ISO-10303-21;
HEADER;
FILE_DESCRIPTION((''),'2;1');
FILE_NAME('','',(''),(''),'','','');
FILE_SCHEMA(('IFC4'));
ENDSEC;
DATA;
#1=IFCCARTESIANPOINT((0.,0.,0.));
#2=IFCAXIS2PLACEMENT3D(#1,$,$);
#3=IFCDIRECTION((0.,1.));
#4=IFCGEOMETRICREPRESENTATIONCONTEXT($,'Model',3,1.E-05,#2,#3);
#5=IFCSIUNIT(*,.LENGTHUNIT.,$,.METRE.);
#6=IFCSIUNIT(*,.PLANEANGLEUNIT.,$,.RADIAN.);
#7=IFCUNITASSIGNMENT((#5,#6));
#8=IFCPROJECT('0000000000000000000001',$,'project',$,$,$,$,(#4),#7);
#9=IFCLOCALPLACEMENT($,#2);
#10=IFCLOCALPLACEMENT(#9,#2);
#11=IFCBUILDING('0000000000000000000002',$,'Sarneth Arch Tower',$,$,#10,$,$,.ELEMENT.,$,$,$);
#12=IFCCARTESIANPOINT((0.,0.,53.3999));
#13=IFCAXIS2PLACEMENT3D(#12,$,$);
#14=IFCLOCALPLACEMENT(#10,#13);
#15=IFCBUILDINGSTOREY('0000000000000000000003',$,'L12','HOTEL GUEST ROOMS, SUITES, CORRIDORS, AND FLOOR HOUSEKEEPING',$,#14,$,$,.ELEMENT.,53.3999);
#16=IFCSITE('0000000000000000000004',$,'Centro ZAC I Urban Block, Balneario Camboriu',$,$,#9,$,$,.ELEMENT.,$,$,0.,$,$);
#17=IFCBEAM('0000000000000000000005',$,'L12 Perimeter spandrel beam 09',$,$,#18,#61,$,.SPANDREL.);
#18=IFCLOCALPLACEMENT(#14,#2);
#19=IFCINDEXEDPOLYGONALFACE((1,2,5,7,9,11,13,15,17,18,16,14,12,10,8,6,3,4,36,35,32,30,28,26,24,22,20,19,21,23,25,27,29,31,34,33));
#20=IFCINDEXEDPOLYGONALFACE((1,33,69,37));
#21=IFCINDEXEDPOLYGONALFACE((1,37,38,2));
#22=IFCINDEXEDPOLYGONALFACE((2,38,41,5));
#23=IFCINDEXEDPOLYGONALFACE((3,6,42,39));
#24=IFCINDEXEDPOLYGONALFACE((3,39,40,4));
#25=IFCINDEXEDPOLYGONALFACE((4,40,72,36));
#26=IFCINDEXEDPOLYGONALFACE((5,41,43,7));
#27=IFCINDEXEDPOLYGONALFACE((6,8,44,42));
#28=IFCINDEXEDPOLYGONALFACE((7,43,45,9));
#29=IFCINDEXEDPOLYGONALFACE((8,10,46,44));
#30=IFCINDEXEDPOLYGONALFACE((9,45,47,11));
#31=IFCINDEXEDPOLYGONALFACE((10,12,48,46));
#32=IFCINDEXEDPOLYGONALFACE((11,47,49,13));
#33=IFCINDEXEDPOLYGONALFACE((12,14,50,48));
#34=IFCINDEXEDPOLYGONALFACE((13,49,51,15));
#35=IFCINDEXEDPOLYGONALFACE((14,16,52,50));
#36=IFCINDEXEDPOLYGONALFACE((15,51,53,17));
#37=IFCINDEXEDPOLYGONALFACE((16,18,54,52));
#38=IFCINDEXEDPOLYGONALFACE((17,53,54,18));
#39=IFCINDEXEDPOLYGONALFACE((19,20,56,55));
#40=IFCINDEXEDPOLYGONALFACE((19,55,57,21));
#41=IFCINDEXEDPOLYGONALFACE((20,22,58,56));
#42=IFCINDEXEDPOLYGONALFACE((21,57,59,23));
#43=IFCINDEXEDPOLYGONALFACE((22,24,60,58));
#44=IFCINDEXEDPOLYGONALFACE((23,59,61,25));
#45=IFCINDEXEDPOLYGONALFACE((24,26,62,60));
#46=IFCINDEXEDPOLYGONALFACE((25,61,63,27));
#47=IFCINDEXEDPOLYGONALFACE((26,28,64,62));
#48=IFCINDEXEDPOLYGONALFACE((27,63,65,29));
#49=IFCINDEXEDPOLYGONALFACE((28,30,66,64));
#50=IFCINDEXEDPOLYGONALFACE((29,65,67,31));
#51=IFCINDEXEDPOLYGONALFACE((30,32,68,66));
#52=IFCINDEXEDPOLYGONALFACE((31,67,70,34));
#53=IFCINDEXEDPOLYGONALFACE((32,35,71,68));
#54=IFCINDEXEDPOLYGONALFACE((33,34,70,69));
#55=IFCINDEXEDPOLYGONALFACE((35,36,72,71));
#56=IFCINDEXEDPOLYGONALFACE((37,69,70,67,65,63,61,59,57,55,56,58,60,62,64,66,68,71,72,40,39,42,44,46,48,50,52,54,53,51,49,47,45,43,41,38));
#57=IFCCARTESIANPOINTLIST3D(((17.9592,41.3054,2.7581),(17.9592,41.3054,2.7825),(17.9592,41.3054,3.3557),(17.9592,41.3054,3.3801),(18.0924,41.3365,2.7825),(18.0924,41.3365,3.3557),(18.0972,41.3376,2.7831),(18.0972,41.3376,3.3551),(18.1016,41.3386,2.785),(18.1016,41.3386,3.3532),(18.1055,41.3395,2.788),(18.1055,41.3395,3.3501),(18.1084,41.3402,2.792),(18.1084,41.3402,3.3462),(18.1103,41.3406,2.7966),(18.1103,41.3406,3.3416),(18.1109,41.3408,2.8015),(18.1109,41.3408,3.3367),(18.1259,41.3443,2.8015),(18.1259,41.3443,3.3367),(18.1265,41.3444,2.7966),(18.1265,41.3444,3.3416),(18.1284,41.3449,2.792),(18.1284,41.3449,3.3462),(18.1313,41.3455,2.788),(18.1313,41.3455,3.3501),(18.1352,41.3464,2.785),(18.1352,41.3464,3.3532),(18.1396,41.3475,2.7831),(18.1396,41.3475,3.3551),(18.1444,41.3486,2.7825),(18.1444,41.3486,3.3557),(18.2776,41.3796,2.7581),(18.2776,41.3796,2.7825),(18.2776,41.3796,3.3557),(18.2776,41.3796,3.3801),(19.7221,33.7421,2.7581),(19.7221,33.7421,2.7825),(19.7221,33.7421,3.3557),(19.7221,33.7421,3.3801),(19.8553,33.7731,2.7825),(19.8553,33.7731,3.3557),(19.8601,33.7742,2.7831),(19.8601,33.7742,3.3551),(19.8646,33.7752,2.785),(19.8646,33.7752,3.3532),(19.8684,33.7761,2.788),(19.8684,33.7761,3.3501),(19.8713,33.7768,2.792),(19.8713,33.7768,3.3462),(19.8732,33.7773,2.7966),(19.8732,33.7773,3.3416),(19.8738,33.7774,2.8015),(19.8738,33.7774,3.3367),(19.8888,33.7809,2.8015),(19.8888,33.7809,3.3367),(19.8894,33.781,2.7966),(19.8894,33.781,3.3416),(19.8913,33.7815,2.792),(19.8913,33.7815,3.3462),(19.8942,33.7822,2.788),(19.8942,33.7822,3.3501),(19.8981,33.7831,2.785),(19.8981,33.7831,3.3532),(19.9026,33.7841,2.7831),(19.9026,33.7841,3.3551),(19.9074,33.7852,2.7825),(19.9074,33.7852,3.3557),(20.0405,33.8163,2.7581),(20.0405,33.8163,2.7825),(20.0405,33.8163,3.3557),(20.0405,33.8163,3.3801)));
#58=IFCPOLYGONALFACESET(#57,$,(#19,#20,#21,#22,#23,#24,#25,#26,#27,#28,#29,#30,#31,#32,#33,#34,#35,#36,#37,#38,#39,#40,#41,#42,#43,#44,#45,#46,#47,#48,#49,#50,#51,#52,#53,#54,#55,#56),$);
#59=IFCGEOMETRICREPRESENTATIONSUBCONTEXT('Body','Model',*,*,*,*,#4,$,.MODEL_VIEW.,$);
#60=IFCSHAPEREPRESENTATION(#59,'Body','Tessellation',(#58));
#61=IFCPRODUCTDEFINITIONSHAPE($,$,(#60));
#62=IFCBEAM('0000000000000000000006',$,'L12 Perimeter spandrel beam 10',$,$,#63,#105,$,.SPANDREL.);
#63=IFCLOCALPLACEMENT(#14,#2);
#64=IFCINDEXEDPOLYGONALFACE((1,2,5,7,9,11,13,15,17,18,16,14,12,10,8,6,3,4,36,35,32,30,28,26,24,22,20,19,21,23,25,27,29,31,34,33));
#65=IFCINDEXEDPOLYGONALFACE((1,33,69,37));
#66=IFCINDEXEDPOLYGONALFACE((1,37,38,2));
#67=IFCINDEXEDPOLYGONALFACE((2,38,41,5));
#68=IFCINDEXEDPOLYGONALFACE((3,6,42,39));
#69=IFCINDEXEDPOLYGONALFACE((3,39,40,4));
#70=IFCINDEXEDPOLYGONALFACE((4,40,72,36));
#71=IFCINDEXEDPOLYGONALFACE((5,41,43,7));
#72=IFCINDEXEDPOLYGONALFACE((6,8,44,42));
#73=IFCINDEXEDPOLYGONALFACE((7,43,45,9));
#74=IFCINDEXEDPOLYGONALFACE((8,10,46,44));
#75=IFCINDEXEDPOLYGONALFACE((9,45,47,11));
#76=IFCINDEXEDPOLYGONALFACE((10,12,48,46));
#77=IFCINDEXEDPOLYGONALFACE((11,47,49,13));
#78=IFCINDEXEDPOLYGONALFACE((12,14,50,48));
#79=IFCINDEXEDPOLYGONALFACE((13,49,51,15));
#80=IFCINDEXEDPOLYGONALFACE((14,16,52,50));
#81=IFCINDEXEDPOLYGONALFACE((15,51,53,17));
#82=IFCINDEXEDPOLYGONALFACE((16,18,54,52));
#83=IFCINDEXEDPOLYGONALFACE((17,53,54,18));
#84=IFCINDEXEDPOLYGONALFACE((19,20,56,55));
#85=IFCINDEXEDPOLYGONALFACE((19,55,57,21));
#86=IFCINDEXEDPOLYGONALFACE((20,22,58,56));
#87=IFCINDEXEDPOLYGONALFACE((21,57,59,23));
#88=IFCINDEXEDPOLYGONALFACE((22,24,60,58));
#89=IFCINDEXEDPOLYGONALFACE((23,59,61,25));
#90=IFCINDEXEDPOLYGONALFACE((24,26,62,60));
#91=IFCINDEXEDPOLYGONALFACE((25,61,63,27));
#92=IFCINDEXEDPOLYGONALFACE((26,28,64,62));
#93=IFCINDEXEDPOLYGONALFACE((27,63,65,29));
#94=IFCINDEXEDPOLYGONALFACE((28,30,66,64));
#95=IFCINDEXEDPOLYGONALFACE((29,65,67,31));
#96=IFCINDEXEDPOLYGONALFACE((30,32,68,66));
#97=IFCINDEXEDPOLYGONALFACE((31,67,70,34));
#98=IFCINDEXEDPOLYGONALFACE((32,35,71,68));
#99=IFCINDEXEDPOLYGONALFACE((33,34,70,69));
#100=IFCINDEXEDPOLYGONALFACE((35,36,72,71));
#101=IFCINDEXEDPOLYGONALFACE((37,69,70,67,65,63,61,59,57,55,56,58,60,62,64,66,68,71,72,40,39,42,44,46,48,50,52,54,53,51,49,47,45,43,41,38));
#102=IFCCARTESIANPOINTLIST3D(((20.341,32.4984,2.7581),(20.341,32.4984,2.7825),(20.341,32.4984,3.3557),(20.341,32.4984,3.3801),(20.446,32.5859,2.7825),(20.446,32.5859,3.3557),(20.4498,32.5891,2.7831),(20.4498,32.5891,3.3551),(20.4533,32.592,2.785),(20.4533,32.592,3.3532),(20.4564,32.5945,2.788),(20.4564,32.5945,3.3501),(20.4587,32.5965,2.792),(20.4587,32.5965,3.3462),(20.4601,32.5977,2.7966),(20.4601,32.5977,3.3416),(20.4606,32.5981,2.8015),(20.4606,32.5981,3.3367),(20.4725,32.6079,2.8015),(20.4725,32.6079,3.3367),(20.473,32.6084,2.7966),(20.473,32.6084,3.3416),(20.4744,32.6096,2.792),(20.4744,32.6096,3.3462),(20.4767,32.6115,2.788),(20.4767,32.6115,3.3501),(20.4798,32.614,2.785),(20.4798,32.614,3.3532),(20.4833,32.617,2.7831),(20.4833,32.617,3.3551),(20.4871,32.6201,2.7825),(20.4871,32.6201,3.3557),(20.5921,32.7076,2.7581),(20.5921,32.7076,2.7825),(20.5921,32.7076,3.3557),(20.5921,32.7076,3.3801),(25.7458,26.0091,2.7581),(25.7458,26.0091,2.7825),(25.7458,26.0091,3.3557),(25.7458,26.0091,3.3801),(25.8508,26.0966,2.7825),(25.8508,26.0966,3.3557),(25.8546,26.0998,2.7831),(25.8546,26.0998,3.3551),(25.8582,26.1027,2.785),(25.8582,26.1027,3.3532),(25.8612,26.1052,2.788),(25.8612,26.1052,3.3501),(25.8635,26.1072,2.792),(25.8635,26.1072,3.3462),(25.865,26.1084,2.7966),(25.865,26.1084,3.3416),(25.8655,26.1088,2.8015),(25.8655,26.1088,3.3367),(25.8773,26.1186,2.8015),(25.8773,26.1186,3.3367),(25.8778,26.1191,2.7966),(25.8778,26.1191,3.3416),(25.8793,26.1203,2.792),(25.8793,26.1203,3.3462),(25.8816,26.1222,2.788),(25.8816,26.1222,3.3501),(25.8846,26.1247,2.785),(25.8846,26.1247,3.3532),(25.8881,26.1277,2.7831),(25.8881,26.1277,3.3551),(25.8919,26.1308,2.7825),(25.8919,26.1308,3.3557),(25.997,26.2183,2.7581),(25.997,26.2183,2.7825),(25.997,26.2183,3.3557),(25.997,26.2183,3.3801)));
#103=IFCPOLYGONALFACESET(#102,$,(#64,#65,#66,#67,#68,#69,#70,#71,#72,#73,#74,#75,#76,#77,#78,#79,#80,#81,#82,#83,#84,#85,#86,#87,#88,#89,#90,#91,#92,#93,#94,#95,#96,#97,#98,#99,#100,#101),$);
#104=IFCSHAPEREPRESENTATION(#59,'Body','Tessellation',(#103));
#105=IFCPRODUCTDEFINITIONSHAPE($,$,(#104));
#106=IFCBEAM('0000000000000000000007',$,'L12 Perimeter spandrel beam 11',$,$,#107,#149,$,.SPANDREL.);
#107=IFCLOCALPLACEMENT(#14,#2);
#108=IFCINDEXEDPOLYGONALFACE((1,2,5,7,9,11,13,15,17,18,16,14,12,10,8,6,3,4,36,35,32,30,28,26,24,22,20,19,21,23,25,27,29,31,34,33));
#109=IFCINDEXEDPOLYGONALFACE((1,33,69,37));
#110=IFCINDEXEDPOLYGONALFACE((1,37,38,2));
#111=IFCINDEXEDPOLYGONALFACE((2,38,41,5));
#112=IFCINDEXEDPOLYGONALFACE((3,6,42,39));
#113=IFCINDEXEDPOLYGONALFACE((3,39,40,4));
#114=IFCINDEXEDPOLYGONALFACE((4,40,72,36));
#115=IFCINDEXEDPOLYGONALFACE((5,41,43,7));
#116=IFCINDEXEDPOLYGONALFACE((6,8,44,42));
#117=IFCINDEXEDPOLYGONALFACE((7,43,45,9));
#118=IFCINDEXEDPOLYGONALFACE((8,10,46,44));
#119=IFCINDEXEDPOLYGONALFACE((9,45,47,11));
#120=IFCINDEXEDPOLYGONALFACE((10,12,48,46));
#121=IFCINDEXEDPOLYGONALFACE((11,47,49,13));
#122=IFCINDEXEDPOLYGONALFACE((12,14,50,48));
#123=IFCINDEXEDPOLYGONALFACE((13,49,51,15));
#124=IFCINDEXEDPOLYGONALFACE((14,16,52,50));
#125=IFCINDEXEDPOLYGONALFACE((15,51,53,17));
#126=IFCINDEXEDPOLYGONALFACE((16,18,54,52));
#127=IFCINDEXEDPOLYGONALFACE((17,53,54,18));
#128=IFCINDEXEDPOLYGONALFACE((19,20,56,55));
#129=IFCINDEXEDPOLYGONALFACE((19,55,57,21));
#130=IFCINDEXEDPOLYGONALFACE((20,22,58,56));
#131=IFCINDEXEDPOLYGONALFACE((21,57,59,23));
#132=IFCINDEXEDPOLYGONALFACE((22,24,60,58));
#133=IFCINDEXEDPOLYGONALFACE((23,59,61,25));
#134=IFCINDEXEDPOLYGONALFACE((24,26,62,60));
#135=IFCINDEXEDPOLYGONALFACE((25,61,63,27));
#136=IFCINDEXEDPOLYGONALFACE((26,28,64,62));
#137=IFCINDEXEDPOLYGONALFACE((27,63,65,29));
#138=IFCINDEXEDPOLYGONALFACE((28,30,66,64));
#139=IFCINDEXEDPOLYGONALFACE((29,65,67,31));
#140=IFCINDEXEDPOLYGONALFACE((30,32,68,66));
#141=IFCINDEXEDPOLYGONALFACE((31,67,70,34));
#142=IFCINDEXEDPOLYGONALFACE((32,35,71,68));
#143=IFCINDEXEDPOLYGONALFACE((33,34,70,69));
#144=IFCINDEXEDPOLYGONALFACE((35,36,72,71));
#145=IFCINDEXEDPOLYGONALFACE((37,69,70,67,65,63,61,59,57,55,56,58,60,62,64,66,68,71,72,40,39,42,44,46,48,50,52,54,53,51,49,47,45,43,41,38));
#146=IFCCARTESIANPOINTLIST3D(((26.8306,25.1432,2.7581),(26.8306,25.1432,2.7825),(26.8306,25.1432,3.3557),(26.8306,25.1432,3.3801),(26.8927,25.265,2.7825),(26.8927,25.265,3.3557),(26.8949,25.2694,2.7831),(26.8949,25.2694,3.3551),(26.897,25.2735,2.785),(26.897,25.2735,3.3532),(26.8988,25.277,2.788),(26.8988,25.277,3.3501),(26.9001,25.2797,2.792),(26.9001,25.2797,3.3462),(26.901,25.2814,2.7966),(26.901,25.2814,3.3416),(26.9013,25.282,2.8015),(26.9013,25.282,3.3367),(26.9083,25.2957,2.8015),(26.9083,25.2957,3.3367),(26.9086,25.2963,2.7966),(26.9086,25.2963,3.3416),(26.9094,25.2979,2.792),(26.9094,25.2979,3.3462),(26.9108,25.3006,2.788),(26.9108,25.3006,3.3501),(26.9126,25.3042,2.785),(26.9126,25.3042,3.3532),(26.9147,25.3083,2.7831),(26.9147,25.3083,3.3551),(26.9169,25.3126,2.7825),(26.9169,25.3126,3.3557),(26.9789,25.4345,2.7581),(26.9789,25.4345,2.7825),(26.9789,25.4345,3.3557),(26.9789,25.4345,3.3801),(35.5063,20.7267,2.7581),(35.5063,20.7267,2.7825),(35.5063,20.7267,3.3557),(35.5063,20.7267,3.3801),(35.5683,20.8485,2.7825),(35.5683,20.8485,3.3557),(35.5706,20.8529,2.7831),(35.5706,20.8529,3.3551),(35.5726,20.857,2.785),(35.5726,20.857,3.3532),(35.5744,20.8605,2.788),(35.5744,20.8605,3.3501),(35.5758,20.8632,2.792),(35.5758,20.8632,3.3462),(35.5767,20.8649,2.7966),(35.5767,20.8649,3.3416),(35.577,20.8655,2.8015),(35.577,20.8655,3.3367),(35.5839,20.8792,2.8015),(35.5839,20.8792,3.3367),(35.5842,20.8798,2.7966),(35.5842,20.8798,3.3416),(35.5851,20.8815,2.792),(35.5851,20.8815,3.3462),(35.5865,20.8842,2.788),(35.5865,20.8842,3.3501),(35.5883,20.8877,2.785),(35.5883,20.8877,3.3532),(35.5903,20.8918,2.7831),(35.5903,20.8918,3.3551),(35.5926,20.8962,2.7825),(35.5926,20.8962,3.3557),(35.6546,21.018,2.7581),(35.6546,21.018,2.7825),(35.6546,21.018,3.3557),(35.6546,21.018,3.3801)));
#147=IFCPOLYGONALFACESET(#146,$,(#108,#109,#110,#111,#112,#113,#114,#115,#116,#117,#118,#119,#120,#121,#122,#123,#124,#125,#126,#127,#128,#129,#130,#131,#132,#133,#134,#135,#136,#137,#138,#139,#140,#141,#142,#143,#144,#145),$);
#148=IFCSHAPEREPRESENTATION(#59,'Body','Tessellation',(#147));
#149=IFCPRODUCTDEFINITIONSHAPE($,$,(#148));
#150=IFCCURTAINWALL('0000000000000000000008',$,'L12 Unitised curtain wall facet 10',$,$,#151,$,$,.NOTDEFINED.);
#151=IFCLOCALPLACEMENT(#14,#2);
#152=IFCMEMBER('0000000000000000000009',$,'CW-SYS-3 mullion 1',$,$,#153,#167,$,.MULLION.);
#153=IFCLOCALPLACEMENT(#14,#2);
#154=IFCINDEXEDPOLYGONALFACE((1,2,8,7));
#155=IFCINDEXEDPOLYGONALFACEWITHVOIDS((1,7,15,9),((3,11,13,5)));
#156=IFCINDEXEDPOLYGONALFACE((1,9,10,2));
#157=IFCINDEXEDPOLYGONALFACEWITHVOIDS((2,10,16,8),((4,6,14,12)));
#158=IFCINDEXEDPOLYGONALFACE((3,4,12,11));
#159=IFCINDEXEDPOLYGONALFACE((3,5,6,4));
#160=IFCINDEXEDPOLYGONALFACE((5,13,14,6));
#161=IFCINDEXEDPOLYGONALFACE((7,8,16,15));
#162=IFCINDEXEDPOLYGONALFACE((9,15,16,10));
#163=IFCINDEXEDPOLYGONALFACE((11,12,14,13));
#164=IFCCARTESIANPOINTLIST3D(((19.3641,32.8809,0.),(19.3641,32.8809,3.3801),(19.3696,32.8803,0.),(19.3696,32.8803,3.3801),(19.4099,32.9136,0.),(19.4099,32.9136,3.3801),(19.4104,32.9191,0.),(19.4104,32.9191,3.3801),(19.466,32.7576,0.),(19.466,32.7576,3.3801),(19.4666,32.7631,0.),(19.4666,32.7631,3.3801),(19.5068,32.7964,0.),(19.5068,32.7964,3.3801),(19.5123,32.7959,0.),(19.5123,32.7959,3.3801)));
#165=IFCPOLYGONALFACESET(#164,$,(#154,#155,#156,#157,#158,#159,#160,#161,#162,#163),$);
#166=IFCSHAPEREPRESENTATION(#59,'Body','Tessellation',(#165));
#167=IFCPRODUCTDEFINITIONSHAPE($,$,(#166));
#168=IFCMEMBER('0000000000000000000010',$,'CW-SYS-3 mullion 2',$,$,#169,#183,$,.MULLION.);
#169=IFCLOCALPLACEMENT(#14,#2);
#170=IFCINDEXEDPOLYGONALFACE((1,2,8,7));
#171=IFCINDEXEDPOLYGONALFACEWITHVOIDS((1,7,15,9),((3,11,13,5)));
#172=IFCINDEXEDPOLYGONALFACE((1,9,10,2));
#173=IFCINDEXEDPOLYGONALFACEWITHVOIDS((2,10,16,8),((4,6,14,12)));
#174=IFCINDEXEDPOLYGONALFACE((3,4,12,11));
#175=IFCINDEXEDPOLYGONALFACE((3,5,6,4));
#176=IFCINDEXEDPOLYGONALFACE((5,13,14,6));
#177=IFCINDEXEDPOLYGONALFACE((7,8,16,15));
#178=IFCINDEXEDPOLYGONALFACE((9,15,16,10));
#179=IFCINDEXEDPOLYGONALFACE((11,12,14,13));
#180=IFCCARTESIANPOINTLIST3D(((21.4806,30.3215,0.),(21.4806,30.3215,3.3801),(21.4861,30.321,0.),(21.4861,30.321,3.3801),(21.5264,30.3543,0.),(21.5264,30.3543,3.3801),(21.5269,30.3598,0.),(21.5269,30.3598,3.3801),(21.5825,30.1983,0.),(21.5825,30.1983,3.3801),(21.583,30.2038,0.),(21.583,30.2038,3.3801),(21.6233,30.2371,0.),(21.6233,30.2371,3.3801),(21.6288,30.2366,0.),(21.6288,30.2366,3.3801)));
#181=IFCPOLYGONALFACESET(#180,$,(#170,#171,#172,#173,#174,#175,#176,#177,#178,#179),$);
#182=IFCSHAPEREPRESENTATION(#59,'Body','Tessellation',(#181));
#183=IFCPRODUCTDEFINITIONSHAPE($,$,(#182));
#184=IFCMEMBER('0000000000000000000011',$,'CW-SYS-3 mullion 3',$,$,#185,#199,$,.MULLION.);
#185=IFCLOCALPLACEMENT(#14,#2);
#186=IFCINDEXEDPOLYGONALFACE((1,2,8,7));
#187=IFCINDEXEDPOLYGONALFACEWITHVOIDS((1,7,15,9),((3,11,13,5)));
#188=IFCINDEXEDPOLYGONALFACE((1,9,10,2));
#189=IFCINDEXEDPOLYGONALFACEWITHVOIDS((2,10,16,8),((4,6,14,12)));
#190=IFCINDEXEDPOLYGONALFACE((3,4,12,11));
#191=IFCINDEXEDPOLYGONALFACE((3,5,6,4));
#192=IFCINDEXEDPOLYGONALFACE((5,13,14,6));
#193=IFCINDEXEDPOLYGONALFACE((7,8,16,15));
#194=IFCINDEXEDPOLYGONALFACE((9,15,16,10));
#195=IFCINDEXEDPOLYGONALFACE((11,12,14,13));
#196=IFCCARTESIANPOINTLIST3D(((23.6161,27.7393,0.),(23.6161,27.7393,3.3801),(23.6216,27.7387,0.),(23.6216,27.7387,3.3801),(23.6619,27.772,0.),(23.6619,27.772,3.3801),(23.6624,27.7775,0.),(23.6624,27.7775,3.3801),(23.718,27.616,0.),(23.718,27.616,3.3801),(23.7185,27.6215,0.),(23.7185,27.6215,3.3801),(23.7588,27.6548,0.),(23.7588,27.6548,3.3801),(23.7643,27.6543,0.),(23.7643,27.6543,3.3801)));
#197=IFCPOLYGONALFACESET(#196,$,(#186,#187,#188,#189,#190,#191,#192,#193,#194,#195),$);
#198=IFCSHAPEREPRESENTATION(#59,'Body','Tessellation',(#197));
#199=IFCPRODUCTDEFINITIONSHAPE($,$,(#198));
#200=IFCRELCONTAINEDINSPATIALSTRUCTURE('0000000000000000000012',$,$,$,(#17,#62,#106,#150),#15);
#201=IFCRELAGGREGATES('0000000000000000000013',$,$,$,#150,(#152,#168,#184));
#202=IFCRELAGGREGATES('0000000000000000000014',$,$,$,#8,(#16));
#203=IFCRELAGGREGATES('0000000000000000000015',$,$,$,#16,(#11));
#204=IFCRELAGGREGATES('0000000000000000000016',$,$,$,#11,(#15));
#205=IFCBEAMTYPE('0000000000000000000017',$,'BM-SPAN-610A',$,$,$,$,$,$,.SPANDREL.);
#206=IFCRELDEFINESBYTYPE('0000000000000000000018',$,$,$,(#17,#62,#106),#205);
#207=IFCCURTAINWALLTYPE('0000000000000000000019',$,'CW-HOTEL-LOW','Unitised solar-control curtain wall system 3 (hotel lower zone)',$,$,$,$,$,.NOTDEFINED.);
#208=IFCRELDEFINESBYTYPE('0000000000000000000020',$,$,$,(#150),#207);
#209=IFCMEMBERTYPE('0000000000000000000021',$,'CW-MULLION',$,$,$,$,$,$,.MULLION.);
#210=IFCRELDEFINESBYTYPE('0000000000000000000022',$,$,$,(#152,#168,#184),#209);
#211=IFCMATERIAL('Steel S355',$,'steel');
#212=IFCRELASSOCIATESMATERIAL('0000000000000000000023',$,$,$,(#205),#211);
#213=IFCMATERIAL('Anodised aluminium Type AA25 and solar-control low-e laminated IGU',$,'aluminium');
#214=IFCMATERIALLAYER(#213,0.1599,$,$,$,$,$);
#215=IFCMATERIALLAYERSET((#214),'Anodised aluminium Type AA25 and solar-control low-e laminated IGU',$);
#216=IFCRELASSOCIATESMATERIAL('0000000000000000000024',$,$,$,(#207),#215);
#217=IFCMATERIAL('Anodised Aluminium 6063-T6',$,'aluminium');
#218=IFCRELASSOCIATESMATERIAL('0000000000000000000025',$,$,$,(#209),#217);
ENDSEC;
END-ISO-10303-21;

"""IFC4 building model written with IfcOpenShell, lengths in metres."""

from ifc_helpers import new_model, si_unit, direction, frame, origin, origin_2d, place, context, subcontext, project, spatial, hollow_rectangle, i_section, extrude, material, layer, layer_set, material_profile, profile_set, type_object, element, aggregate, save


model = new_model("IFC4")

# Units and contexts
model_context = context("Model", 3, precision=1e-05, world=origin(), true_north=direction((0.0, 1.0)))
body_context = subcontext(model_context, "Body", "Model", "MODEL_VIEW")
ifc_project = project(units=[si_unit("LENGTHUNIT", "METRE"), si_unit("PLANEANGLEUNIT", "RADIAN")], contexts=[model_context])

# Site, building, storey
site_placement = place(None, origin())
site = spatial("IfcSite", under=ifc_project, at=site_placement, Name="Centro ZAC I Urban Block, Balneario Camboriu", CompositionType="ELEMENT", RefElevation=0.0)
building_placement = place(site_placement, origin())
building = spatial("IfcBuilding", under=site, at=building_placement, Name="Sarneth Arch Tower", CompositionType="ELEMENT")
storey_placement = place(building_placement, frame((0.0, 0.0, 53.3999)))
storey = spatial("IfcBuildingStorey", under=building, at=storey_placement, Name="L12", Description="HOTEL GUEST ROOMS, SUITES, CORRIDORS, AND FLOOR HOUSEKEEPING", CompositionType="ELEMENT", Elevation=53.3999)

# Beams
ifc_material_1 = material(Name="Steel S355", Category="steel")
ifc_material_profile_1 = material_profile(ifc_material_1, i_section(OverallWidth=0.3269, OverallDepth=0.6221, WebThickness=0.0154, FlangeThickness=0.0244, FilletRadius=0.019, at=origin_2d()), Name="W610x195")
ifc_profile_set_1 = profile_set([ifc_material_profile_1], Name="Steel S355")
beam_type = type_object("IfcBeamType", Name="BM-SPAN-610A", PredefinedType="SPANDREL", material=ifc_profile_set_1)
beam_1_placement = place(storey_placement, frame((18.1184, 41.3425, 3.0691), z_axis=(0.227001, -0.973895, 0.0), x_axis=(0.973895, 0.227001, 0.0)))
element("IfcBeam", 1, at=beam_1_placement, inside=storey, type_object=beam_type, Name="L12 Perimeter spandrel beam 09", PredefinedType="SPANDREL", context=body_context, shape_type="SweptSolid", body=[
    extrude(i_section(OverallWidth=0.3269, OverallDepth=0.6221, WebThickness=0.0154, FlangeThickness=0.0244, FilletRadius=0.019, at=origin_2d()), origin(), (0.0, 0.0, 1.0), 7.7661),
])
beam_2_placement = place(storey_placement, frame((20.4666, 32.603, 3.0691), z_axis=(0.63998, -0.768392, 0.0), x_axis=(0.768392, 0.63998, 0.0)))
element("IfcBeam", 2, at=beam_2_placement, inside=storey, type_object=beam_type, Name="L12 Perimeter spandrel beam 10", PredefinedType="SPANDREL", context=body_context, shape_type="SweptSolid", body=[
    extrude(i_section(OverallWidth=0.3269, OverallDepth=0.6221, WebThickness=0.0154, FlangeThickness=0.0244, FilletRadius=0.019, at=origin_2d()), origin(), (0.0, 0.0, 1.0), 8.4453),
])
beam_3_placement = place(storey_placement, frame((26.9048, 25.2888, 3.0691), z_axis=(0.891174, -0.453662, 0.0), x_axis=(0.453662, 0.891174, 0.0)))
element("IfcBeam", 3, at=beam_3_placement, inside=storey, type_object=beam_type, Name="L12 Perimeter spandrel beam 11", PredefinedType="SPANDREL", context=body_context, shape_type="SweptSolid", body=[
    extrude(i_section(OverallWidth=0.3269, OverallDepth=0.6221, WebThickness=0.0154, FlangeThickness=0.0244, FilletRadius=0.019, at=origin_2d()), origin(), (0.0, 0.0, 1.0), 9.7351),
])

# Curtain wall, members
ifc_material_2 = material(Name="Anodised aluminium Type AA25 and solar-control low-e laminated IGU", Category="aluminium")
ifc_layer_1 = layer(ifc_material_2, 0.1599)
ifc_layer_set_1 = layer_set([ifc_layer_1], Name="Anodised aluminium Type AA25 and solar-control low-e laminated IGU")
curtain_wall_type = type_object("IfcCurtainWallType", Name="CW-HOTEL-LOW", Description="Unitised solar-control curtain wall system 3 (hotel lower zone)", PredefinedType="NOTDEFINED", material=ifc_layer_set_1)
curtain_wall_placement = place(storey_placement, origin())
curtain_wall = element("IfcCurtainWall", 4, at=curtain_wall_placement, inside=storey, type_object=curtain_wall_type, Name="L12 Unitised curtain wall facet 10", PredefinedType="NOTDEFINED")
ifc_material_3 = material(Name="Anodised Aluminium 6063-T6", Category="aluminium")
ifc_material_profile_2 = material_profile(ifc_material_3, hollow_rectangle(XDim=0.0601, YDim=0.1599, WallThickness=0.0039, at=origin_2d()), Name="AL-MULL-160x60x4")
ifc_profile_set_2 = profile_set([ifc_material_profile_2], Name="Anodised Aluminium 6063-T6")
member_type_1 = type_object("IfcMemberType", Name="CW-MULLION", PredefinedType="MULLION", material=ifc_profile_set_2)
member_1_placement = place(storey_placement, frame((19.4382, 32.8384, 0.0), z_axis=(0.0, 0.0, 1.0), x_axis=(0.770623, 0.637291, 0.0)))
member_1 = element("IfcMember", 5, at=member_1_placement, type_object=member_type_1, Name="CW-SYS-3 mullion 1", PredefinedType="MULLION", context=body_context, shape_type="SweptSolid", body=[
    extrude(hollow_rectangle(XDim=0.0601, YDim=0.1599, WallThickness=0.0039, at=origin_2d()), origin(), (0.0, 0.0, 1.0), 3.3801),
])
member_2_placement = place(storey_placement, frame((21.5547, 30.2791, 0.0), z_axis=(0.0, 0.0, 1.0), x_axis=(0.770623, 0.637291, 0.0)))
member_2 = element("IfcMember", 6, at=member_2_placement, type_object=member_type_1, Name="CW-SYS-3 mullion 2", PredefinedType="MULLION", context=body_context, shape_type="SweptSolid", body=[
    extrude(hollow_rectangle(XDim=0.0601, YDim=0.1599, WallThickness=0.0039, at=origin_2d()), origin(), (0.0, 0.0, 1.0), 3.3801),
])
member_3_placement = place(storey_placement, frame((23.6902, 27.6968, 0.0), z_axis=(0.0, 0.0, 1.0), x_axis=(0.770623, 0.637291, 0.0)))
member_3 = element("IfcMember", 7, at=member_3_placement, type_object=member_type_1, Name="CW-SYS-3 mullion 3", PredefinedType="MULLION", context=body_context, shape_type="SweptSolid", body=[
    extrude(hollow_rectangle(XDim=0.0601, YDim=0.1599, WallThickness=0.0039, at=origin_2d()), origin(), (0.0, 0.0, 1.0), 3.3801),
])

aggregate(curtain_wall, [member_1, member_2, member_3])

save(model, "model.ifc")
